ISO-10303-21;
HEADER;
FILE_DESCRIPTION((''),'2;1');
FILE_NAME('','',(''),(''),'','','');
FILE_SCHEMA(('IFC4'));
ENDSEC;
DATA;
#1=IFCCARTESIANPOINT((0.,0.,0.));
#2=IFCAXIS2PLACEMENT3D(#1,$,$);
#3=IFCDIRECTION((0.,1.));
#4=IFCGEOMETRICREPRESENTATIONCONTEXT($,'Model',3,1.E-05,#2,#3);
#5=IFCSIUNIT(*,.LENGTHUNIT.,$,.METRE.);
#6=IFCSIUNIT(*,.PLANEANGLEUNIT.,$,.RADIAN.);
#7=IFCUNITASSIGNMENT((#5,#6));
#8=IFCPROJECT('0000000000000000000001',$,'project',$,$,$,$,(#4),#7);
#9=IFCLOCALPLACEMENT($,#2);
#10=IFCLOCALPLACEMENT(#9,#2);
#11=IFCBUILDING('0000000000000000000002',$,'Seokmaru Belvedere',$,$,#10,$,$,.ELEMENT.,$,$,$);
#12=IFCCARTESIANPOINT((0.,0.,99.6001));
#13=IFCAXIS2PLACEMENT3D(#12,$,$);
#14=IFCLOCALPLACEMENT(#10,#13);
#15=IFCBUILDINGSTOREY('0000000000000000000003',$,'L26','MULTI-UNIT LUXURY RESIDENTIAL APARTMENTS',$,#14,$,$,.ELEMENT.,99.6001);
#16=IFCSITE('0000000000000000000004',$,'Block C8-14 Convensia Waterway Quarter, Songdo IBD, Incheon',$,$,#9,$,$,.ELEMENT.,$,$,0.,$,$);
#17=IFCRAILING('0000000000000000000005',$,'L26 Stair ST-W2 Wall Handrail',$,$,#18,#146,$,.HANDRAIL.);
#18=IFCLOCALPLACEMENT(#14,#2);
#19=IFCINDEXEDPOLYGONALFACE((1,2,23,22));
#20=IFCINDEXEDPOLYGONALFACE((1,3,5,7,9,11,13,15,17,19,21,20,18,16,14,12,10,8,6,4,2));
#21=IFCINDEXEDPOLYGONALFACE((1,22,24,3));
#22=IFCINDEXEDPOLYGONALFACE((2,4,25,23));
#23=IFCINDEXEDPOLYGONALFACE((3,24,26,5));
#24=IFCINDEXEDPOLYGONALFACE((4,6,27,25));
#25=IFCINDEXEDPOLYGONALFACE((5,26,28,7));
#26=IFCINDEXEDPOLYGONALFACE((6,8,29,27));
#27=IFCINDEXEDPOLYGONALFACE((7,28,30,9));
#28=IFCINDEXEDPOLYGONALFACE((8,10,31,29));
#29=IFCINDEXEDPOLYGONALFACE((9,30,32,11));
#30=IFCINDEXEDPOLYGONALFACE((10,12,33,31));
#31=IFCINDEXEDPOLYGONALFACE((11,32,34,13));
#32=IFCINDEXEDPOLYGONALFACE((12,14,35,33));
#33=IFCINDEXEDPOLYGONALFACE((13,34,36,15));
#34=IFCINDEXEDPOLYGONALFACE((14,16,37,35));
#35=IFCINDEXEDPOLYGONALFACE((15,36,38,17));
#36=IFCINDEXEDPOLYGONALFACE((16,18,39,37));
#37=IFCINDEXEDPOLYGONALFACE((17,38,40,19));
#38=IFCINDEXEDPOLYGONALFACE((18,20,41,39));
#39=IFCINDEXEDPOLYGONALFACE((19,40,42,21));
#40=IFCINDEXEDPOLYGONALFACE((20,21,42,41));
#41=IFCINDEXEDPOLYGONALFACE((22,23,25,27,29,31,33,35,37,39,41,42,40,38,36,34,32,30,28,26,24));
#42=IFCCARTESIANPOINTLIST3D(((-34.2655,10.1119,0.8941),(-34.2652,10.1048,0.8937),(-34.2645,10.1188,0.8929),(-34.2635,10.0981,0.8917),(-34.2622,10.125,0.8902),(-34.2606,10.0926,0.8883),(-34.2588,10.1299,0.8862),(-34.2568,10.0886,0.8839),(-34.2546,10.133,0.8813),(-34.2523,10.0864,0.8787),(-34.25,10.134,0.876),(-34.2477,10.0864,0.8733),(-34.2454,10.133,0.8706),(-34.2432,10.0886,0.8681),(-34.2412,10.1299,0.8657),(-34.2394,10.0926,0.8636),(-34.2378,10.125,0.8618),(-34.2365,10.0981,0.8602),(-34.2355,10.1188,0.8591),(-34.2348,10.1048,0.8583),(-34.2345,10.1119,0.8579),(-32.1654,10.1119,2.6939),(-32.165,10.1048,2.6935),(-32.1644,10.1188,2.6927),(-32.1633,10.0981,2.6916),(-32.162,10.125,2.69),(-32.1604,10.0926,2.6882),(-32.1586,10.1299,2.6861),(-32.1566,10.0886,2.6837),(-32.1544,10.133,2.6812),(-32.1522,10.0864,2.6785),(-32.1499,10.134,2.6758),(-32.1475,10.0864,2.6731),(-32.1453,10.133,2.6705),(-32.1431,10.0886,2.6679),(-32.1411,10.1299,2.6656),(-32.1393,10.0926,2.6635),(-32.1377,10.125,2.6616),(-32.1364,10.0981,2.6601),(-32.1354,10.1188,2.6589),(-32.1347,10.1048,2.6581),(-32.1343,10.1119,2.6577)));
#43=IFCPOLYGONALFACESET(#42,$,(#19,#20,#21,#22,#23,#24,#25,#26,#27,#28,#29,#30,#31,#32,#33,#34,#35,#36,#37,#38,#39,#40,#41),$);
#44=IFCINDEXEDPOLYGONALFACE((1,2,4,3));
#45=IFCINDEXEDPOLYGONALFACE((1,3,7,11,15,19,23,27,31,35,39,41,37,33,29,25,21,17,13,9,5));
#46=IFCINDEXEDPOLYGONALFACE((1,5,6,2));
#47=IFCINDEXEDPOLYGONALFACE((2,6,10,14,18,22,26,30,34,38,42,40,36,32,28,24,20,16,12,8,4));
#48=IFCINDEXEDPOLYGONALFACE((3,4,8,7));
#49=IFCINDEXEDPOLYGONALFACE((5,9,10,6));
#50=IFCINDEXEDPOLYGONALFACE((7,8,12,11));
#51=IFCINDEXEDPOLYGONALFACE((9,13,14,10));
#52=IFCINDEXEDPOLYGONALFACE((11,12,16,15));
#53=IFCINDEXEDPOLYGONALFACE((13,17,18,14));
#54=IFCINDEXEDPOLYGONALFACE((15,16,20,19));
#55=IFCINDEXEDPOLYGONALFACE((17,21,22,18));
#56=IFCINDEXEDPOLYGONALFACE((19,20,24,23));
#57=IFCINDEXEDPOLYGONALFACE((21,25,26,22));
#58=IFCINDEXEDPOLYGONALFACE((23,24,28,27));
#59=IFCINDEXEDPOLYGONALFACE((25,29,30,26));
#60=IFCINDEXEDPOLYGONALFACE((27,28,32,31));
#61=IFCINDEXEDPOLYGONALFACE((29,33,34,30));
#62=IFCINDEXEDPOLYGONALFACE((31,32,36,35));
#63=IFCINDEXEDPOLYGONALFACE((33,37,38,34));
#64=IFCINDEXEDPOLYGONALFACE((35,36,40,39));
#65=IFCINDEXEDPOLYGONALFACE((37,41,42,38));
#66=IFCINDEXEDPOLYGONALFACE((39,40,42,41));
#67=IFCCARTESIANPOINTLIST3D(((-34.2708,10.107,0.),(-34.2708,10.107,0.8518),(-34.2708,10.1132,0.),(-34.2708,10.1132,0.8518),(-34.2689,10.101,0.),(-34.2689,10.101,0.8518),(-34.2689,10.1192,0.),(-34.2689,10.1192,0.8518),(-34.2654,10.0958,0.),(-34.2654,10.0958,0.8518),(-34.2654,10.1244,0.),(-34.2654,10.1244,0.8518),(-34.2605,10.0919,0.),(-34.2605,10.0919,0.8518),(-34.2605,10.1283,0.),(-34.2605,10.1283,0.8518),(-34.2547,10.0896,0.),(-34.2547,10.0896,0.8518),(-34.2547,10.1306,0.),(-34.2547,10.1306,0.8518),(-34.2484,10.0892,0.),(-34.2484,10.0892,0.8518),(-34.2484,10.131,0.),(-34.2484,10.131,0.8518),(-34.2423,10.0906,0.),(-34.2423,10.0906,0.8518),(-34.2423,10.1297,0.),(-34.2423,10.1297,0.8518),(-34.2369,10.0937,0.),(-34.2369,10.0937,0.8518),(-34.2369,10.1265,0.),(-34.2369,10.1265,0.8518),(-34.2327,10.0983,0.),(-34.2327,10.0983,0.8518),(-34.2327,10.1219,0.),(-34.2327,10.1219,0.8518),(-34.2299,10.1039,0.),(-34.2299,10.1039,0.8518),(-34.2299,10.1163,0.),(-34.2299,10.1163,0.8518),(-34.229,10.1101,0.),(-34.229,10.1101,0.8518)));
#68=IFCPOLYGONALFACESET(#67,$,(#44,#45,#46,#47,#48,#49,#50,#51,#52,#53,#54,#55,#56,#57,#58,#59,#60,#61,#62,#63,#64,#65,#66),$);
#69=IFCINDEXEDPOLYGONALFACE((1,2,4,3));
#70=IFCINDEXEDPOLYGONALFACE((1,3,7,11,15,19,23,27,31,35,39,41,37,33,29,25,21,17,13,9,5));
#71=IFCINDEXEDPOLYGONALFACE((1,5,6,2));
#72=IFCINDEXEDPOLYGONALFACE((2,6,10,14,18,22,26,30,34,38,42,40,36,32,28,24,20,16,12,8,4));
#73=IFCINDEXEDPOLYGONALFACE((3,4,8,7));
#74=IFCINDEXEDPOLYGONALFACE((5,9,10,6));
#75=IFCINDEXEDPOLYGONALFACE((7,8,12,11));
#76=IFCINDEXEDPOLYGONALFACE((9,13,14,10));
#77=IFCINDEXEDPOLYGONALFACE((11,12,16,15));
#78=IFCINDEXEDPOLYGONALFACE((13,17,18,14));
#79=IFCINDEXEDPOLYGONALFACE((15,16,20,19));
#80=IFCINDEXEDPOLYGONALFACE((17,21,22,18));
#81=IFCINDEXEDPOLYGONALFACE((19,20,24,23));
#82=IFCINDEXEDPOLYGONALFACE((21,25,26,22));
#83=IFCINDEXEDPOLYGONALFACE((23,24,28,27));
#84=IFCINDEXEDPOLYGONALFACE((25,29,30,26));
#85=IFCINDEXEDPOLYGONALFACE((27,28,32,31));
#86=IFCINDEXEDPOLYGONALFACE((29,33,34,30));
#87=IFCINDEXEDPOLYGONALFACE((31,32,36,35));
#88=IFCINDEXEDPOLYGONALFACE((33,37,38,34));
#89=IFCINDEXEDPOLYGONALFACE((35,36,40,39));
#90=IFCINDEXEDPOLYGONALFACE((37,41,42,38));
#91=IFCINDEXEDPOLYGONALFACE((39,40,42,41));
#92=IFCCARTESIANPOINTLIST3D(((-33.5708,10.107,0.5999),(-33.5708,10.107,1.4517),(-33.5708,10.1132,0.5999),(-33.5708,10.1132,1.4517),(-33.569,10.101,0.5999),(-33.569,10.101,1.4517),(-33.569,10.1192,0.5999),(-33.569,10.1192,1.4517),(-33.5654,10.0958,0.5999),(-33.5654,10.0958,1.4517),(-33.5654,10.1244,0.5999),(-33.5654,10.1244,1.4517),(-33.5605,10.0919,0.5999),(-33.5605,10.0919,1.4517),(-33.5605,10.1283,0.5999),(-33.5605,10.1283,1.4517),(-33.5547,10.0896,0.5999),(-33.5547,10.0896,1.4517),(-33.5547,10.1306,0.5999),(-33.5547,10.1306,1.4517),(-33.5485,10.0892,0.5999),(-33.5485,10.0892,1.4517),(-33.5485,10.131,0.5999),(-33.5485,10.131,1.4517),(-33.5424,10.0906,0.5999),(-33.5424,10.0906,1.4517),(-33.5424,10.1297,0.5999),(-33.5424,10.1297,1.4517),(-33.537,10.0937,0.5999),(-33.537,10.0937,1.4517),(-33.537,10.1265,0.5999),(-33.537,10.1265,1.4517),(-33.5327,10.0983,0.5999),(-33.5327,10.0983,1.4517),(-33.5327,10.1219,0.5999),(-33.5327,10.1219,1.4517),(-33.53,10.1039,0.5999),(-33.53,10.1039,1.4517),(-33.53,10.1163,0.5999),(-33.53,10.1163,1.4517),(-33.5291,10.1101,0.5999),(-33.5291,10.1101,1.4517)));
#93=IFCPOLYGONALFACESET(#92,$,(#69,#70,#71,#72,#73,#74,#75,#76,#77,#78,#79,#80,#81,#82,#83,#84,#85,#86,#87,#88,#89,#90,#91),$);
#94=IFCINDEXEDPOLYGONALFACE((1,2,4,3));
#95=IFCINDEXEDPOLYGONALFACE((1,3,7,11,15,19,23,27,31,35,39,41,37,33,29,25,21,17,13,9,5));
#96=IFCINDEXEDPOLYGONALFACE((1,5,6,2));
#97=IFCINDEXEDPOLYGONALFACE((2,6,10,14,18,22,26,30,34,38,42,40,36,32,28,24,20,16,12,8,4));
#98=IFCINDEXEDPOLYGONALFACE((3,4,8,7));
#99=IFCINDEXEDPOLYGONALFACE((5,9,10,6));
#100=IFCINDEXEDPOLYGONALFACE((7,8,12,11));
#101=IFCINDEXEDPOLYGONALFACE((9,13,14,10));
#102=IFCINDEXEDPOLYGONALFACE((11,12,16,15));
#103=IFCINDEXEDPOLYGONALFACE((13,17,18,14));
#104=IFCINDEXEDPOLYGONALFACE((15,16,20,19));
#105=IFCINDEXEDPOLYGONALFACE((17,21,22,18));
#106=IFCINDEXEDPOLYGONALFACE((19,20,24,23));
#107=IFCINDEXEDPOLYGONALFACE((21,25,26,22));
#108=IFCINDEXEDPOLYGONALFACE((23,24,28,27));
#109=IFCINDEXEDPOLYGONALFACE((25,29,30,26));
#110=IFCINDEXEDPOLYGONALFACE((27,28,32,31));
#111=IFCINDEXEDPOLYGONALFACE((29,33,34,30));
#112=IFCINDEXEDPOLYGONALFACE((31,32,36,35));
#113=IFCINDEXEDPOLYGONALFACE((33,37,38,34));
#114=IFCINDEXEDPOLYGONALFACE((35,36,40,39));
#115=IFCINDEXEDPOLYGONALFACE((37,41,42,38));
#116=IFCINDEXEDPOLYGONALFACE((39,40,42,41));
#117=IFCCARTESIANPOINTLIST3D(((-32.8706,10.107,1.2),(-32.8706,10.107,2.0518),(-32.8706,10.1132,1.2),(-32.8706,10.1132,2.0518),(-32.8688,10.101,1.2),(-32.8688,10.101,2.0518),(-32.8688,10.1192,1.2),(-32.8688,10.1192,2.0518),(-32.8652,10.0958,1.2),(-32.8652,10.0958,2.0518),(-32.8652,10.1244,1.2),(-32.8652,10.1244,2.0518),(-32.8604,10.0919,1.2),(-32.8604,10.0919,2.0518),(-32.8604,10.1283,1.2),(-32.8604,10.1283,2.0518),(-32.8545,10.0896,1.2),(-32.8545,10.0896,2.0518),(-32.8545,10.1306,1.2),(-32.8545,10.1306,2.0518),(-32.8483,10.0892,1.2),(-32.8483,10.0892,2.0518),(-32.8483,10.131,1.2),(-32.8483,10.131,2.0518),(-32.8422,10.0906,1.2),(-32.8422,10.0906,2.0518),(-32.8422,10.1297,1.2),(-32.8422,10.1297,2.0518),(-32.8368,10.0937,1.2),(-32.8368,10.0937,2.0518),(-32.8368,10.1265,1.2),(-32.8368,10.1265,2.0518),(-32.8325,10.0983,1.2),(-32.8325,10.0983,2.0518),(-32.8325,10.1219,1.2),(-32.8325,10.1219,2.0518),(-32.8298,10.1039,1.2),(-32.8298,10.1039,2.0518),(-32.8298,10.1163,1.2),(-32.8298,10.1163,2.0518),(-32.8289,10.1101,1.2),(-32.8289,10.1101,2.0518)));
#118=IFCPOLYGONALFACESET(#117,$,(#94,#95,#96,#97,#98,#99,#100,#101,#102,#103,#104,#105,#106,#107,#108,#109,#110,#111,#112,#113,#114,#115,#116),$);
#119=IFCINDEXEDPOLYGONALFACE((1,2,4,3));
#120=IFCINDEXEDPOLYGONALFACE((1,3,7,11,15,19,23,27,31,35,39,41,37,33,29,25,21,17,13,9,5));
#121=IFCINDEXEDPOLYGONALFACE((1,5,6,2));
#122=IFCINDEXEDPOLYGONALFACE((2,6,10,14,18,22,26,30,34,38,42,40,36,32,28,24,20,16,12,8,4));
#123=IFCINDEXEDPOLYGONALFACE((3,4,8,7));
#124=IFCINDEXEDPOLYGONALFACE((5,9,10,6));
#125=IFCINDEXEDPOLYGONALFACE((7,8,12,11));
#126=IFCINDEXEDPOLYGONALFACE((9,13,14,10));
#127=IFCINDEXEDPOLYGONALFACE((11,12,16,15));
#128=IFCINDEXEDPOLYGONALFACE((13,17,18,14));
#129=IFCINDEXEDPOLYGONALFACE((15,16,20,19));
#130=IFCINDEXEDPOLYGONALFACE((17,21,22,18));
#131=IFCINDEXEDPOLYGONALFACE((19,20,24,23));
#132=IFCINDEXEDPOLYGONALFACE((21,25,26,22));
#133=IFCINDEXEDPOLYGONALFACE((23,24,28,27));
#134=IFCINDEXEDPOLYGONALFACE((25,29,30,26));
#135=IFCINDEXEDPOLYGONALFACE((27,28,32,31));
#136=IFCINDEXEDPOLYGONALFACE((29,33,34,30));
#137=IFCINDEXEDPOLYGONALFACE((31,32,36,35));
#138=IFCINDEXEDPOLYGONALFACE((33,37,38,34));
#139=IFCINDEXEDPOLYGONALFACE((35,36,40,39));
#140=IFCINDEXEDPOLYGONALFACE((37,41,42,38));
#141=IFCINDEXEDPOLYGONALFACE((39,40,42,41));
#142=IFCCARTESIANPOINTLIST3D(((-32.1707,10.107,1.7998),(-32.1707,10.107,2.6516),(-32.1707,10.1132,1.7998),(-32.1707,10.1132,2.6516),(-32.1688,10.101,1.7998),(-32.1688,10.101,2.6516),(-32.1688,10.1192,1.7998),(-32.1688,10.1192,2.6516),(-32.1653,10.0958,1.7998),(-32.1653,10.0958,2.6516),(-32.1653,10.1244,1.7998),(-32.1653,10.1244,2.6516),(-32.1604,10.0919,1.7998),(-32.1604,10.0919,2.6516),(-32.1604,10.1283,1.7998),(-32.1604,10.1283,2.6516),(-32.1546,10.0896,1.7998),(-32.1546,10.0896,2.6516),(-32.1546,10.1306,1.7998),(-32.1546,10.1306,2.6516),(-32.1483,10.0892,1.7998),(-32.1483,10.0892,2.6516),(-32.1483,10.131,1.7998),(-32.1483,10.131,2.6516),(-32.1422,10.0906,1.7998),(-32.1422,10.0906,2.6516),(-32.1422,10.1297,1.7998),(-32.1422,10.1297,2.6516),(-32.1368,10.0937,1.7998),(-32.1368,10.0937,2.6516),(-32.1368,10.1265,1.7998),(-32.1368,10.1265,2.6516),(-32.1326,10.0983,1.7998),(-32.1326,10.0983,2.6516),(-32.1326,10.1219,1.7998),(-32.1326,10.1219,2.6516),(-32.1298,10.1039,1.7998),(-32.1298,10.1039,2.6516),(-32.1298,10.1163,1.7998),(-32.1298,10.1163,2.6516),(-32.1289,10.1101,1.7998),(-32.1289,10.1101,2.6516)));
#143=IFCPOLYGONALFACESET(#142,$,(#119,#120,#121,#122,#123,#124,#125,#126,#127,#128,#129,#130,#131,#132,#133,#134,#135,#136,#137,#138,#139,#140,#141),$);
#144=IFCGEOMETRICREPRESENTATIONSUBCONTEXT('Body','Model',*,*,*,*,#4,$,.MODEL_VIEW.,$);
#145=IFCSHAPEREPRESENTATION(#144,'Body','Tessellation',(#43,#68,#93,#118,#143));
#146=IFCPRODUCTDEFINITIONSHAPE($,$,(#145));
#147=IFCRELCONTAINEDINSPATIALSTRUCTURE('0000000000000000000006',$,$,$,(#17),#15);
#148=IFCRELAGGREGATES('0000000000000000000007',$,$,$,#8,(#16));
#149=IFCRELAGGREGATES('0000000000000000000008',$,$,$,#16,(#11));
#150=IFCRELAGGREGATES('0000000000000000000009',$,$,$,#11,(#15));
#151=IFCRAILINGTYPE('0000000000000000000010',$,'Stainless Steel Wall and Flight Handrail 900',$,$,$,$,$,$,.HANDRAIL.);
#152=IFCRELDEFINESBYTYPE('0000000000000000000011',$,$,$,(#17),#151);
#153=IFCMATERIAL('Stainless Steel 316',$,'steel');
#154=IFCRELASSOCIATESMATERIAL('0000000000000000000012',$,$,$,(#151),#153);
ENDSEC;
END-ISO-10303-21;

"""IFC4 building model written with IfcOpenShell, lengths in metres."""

from ifc_helpers import new_model, si_unit, direction, frame, origin, origin_2d, place, context, subcontext, project, spatial, circle, extrude, material, type_object, element, save


model = new_model("IFC4")

# Units and contexts
model_context = context("Model", 3, precision=1e-05, world=origin(), true_north=direction((0.0, 1.0)))
body_context = subcontext(model_context, "Body", "Model", "MODEL_VIEW")
ifc_project = project(units=[si_unit("LENGTHUNIT", "METRE"), si_unit("PLANEANGLEUNIT", "RADIAN")], contexts=[model_context])

# Site, building, storey
site_placement = place(None, origin())
site = spatial("IfcSite", under=ifc_project, at=site_placement, Name="Block C8-14 Convensia Waterway Quarter, Songdo IBD, Incheon", CompositionType="ELEMENT", RefElevation=0.0)
building_placement = place(site_placement, origin())
building = spatial("IfcBuilding", under=site, at=building_placement, Name="Seokmaru Belvedere", CompositionType="ELEMENT")
storey_placement = place(building_placement, frame((0.0, 0.0, 99.6001)))
storey = spatial("IfcBuildingStorey", under=building, at=storey_placement, Name="L26", Description="MULTI-UNIT LUXURY RESIDENTIAL APARTMENTS", CompositionType="ELEMENT", Elevation=99.6001)

# Railing
ifc_material_1 = material(Name="Stainless Steel 316", Category="steel")
railing_type_1 = type_object("IfcRailingType", Name="Stainless Steel Wall and Flight Handrail 900", PredefinedType="HANDRAIL", material=ifc_material_1)
railing_1_placement = place(storey_placement, frame((-34.25, 10.1101, 0.0)))
element("IfcRailing", 1, at=railing_1_placement, inside=storey, type_object=railing_type_1, Name="L26 Stair ST-W2 Wall Handrail", PredefinedType="HANDRAIL", context=body_context, shape_type="SweptSolid", body=[
    extrude(circle(Radius=0.0239, at=origin_2d()), frame((0.0, 0.0, 0.876), z_axis=(0.759306, 0.0, 0.650733), x_axis=(0.0, 1.0, 0.0)), (0.0, 0.0, 1.0), 2.7659),
    extrude(circle(Radius=0.021, at=origin_2d()), origin(), (0.0, 0.0, 1.0), 0.8518),
    extrude(circle(Radius=0.021, at=origin_2d()), frame((0.7, 0.0, 0.5999)), (0.0, 0.0, 1.0), 0.8518),
    extrude(circle(Radius=0.021, at=origin_2d()), frame((1.4001, 0.0, 1.2)), (0.0, 0.0, 1.0), 0.8518),
    extrude(circle(Radius=0.021, at=origin_2d()), frame((2.1001, 0.0, 1.7998)), (0.0, 0.0, 1.0), 0.8518),
])

save(model, "model.ifc")
